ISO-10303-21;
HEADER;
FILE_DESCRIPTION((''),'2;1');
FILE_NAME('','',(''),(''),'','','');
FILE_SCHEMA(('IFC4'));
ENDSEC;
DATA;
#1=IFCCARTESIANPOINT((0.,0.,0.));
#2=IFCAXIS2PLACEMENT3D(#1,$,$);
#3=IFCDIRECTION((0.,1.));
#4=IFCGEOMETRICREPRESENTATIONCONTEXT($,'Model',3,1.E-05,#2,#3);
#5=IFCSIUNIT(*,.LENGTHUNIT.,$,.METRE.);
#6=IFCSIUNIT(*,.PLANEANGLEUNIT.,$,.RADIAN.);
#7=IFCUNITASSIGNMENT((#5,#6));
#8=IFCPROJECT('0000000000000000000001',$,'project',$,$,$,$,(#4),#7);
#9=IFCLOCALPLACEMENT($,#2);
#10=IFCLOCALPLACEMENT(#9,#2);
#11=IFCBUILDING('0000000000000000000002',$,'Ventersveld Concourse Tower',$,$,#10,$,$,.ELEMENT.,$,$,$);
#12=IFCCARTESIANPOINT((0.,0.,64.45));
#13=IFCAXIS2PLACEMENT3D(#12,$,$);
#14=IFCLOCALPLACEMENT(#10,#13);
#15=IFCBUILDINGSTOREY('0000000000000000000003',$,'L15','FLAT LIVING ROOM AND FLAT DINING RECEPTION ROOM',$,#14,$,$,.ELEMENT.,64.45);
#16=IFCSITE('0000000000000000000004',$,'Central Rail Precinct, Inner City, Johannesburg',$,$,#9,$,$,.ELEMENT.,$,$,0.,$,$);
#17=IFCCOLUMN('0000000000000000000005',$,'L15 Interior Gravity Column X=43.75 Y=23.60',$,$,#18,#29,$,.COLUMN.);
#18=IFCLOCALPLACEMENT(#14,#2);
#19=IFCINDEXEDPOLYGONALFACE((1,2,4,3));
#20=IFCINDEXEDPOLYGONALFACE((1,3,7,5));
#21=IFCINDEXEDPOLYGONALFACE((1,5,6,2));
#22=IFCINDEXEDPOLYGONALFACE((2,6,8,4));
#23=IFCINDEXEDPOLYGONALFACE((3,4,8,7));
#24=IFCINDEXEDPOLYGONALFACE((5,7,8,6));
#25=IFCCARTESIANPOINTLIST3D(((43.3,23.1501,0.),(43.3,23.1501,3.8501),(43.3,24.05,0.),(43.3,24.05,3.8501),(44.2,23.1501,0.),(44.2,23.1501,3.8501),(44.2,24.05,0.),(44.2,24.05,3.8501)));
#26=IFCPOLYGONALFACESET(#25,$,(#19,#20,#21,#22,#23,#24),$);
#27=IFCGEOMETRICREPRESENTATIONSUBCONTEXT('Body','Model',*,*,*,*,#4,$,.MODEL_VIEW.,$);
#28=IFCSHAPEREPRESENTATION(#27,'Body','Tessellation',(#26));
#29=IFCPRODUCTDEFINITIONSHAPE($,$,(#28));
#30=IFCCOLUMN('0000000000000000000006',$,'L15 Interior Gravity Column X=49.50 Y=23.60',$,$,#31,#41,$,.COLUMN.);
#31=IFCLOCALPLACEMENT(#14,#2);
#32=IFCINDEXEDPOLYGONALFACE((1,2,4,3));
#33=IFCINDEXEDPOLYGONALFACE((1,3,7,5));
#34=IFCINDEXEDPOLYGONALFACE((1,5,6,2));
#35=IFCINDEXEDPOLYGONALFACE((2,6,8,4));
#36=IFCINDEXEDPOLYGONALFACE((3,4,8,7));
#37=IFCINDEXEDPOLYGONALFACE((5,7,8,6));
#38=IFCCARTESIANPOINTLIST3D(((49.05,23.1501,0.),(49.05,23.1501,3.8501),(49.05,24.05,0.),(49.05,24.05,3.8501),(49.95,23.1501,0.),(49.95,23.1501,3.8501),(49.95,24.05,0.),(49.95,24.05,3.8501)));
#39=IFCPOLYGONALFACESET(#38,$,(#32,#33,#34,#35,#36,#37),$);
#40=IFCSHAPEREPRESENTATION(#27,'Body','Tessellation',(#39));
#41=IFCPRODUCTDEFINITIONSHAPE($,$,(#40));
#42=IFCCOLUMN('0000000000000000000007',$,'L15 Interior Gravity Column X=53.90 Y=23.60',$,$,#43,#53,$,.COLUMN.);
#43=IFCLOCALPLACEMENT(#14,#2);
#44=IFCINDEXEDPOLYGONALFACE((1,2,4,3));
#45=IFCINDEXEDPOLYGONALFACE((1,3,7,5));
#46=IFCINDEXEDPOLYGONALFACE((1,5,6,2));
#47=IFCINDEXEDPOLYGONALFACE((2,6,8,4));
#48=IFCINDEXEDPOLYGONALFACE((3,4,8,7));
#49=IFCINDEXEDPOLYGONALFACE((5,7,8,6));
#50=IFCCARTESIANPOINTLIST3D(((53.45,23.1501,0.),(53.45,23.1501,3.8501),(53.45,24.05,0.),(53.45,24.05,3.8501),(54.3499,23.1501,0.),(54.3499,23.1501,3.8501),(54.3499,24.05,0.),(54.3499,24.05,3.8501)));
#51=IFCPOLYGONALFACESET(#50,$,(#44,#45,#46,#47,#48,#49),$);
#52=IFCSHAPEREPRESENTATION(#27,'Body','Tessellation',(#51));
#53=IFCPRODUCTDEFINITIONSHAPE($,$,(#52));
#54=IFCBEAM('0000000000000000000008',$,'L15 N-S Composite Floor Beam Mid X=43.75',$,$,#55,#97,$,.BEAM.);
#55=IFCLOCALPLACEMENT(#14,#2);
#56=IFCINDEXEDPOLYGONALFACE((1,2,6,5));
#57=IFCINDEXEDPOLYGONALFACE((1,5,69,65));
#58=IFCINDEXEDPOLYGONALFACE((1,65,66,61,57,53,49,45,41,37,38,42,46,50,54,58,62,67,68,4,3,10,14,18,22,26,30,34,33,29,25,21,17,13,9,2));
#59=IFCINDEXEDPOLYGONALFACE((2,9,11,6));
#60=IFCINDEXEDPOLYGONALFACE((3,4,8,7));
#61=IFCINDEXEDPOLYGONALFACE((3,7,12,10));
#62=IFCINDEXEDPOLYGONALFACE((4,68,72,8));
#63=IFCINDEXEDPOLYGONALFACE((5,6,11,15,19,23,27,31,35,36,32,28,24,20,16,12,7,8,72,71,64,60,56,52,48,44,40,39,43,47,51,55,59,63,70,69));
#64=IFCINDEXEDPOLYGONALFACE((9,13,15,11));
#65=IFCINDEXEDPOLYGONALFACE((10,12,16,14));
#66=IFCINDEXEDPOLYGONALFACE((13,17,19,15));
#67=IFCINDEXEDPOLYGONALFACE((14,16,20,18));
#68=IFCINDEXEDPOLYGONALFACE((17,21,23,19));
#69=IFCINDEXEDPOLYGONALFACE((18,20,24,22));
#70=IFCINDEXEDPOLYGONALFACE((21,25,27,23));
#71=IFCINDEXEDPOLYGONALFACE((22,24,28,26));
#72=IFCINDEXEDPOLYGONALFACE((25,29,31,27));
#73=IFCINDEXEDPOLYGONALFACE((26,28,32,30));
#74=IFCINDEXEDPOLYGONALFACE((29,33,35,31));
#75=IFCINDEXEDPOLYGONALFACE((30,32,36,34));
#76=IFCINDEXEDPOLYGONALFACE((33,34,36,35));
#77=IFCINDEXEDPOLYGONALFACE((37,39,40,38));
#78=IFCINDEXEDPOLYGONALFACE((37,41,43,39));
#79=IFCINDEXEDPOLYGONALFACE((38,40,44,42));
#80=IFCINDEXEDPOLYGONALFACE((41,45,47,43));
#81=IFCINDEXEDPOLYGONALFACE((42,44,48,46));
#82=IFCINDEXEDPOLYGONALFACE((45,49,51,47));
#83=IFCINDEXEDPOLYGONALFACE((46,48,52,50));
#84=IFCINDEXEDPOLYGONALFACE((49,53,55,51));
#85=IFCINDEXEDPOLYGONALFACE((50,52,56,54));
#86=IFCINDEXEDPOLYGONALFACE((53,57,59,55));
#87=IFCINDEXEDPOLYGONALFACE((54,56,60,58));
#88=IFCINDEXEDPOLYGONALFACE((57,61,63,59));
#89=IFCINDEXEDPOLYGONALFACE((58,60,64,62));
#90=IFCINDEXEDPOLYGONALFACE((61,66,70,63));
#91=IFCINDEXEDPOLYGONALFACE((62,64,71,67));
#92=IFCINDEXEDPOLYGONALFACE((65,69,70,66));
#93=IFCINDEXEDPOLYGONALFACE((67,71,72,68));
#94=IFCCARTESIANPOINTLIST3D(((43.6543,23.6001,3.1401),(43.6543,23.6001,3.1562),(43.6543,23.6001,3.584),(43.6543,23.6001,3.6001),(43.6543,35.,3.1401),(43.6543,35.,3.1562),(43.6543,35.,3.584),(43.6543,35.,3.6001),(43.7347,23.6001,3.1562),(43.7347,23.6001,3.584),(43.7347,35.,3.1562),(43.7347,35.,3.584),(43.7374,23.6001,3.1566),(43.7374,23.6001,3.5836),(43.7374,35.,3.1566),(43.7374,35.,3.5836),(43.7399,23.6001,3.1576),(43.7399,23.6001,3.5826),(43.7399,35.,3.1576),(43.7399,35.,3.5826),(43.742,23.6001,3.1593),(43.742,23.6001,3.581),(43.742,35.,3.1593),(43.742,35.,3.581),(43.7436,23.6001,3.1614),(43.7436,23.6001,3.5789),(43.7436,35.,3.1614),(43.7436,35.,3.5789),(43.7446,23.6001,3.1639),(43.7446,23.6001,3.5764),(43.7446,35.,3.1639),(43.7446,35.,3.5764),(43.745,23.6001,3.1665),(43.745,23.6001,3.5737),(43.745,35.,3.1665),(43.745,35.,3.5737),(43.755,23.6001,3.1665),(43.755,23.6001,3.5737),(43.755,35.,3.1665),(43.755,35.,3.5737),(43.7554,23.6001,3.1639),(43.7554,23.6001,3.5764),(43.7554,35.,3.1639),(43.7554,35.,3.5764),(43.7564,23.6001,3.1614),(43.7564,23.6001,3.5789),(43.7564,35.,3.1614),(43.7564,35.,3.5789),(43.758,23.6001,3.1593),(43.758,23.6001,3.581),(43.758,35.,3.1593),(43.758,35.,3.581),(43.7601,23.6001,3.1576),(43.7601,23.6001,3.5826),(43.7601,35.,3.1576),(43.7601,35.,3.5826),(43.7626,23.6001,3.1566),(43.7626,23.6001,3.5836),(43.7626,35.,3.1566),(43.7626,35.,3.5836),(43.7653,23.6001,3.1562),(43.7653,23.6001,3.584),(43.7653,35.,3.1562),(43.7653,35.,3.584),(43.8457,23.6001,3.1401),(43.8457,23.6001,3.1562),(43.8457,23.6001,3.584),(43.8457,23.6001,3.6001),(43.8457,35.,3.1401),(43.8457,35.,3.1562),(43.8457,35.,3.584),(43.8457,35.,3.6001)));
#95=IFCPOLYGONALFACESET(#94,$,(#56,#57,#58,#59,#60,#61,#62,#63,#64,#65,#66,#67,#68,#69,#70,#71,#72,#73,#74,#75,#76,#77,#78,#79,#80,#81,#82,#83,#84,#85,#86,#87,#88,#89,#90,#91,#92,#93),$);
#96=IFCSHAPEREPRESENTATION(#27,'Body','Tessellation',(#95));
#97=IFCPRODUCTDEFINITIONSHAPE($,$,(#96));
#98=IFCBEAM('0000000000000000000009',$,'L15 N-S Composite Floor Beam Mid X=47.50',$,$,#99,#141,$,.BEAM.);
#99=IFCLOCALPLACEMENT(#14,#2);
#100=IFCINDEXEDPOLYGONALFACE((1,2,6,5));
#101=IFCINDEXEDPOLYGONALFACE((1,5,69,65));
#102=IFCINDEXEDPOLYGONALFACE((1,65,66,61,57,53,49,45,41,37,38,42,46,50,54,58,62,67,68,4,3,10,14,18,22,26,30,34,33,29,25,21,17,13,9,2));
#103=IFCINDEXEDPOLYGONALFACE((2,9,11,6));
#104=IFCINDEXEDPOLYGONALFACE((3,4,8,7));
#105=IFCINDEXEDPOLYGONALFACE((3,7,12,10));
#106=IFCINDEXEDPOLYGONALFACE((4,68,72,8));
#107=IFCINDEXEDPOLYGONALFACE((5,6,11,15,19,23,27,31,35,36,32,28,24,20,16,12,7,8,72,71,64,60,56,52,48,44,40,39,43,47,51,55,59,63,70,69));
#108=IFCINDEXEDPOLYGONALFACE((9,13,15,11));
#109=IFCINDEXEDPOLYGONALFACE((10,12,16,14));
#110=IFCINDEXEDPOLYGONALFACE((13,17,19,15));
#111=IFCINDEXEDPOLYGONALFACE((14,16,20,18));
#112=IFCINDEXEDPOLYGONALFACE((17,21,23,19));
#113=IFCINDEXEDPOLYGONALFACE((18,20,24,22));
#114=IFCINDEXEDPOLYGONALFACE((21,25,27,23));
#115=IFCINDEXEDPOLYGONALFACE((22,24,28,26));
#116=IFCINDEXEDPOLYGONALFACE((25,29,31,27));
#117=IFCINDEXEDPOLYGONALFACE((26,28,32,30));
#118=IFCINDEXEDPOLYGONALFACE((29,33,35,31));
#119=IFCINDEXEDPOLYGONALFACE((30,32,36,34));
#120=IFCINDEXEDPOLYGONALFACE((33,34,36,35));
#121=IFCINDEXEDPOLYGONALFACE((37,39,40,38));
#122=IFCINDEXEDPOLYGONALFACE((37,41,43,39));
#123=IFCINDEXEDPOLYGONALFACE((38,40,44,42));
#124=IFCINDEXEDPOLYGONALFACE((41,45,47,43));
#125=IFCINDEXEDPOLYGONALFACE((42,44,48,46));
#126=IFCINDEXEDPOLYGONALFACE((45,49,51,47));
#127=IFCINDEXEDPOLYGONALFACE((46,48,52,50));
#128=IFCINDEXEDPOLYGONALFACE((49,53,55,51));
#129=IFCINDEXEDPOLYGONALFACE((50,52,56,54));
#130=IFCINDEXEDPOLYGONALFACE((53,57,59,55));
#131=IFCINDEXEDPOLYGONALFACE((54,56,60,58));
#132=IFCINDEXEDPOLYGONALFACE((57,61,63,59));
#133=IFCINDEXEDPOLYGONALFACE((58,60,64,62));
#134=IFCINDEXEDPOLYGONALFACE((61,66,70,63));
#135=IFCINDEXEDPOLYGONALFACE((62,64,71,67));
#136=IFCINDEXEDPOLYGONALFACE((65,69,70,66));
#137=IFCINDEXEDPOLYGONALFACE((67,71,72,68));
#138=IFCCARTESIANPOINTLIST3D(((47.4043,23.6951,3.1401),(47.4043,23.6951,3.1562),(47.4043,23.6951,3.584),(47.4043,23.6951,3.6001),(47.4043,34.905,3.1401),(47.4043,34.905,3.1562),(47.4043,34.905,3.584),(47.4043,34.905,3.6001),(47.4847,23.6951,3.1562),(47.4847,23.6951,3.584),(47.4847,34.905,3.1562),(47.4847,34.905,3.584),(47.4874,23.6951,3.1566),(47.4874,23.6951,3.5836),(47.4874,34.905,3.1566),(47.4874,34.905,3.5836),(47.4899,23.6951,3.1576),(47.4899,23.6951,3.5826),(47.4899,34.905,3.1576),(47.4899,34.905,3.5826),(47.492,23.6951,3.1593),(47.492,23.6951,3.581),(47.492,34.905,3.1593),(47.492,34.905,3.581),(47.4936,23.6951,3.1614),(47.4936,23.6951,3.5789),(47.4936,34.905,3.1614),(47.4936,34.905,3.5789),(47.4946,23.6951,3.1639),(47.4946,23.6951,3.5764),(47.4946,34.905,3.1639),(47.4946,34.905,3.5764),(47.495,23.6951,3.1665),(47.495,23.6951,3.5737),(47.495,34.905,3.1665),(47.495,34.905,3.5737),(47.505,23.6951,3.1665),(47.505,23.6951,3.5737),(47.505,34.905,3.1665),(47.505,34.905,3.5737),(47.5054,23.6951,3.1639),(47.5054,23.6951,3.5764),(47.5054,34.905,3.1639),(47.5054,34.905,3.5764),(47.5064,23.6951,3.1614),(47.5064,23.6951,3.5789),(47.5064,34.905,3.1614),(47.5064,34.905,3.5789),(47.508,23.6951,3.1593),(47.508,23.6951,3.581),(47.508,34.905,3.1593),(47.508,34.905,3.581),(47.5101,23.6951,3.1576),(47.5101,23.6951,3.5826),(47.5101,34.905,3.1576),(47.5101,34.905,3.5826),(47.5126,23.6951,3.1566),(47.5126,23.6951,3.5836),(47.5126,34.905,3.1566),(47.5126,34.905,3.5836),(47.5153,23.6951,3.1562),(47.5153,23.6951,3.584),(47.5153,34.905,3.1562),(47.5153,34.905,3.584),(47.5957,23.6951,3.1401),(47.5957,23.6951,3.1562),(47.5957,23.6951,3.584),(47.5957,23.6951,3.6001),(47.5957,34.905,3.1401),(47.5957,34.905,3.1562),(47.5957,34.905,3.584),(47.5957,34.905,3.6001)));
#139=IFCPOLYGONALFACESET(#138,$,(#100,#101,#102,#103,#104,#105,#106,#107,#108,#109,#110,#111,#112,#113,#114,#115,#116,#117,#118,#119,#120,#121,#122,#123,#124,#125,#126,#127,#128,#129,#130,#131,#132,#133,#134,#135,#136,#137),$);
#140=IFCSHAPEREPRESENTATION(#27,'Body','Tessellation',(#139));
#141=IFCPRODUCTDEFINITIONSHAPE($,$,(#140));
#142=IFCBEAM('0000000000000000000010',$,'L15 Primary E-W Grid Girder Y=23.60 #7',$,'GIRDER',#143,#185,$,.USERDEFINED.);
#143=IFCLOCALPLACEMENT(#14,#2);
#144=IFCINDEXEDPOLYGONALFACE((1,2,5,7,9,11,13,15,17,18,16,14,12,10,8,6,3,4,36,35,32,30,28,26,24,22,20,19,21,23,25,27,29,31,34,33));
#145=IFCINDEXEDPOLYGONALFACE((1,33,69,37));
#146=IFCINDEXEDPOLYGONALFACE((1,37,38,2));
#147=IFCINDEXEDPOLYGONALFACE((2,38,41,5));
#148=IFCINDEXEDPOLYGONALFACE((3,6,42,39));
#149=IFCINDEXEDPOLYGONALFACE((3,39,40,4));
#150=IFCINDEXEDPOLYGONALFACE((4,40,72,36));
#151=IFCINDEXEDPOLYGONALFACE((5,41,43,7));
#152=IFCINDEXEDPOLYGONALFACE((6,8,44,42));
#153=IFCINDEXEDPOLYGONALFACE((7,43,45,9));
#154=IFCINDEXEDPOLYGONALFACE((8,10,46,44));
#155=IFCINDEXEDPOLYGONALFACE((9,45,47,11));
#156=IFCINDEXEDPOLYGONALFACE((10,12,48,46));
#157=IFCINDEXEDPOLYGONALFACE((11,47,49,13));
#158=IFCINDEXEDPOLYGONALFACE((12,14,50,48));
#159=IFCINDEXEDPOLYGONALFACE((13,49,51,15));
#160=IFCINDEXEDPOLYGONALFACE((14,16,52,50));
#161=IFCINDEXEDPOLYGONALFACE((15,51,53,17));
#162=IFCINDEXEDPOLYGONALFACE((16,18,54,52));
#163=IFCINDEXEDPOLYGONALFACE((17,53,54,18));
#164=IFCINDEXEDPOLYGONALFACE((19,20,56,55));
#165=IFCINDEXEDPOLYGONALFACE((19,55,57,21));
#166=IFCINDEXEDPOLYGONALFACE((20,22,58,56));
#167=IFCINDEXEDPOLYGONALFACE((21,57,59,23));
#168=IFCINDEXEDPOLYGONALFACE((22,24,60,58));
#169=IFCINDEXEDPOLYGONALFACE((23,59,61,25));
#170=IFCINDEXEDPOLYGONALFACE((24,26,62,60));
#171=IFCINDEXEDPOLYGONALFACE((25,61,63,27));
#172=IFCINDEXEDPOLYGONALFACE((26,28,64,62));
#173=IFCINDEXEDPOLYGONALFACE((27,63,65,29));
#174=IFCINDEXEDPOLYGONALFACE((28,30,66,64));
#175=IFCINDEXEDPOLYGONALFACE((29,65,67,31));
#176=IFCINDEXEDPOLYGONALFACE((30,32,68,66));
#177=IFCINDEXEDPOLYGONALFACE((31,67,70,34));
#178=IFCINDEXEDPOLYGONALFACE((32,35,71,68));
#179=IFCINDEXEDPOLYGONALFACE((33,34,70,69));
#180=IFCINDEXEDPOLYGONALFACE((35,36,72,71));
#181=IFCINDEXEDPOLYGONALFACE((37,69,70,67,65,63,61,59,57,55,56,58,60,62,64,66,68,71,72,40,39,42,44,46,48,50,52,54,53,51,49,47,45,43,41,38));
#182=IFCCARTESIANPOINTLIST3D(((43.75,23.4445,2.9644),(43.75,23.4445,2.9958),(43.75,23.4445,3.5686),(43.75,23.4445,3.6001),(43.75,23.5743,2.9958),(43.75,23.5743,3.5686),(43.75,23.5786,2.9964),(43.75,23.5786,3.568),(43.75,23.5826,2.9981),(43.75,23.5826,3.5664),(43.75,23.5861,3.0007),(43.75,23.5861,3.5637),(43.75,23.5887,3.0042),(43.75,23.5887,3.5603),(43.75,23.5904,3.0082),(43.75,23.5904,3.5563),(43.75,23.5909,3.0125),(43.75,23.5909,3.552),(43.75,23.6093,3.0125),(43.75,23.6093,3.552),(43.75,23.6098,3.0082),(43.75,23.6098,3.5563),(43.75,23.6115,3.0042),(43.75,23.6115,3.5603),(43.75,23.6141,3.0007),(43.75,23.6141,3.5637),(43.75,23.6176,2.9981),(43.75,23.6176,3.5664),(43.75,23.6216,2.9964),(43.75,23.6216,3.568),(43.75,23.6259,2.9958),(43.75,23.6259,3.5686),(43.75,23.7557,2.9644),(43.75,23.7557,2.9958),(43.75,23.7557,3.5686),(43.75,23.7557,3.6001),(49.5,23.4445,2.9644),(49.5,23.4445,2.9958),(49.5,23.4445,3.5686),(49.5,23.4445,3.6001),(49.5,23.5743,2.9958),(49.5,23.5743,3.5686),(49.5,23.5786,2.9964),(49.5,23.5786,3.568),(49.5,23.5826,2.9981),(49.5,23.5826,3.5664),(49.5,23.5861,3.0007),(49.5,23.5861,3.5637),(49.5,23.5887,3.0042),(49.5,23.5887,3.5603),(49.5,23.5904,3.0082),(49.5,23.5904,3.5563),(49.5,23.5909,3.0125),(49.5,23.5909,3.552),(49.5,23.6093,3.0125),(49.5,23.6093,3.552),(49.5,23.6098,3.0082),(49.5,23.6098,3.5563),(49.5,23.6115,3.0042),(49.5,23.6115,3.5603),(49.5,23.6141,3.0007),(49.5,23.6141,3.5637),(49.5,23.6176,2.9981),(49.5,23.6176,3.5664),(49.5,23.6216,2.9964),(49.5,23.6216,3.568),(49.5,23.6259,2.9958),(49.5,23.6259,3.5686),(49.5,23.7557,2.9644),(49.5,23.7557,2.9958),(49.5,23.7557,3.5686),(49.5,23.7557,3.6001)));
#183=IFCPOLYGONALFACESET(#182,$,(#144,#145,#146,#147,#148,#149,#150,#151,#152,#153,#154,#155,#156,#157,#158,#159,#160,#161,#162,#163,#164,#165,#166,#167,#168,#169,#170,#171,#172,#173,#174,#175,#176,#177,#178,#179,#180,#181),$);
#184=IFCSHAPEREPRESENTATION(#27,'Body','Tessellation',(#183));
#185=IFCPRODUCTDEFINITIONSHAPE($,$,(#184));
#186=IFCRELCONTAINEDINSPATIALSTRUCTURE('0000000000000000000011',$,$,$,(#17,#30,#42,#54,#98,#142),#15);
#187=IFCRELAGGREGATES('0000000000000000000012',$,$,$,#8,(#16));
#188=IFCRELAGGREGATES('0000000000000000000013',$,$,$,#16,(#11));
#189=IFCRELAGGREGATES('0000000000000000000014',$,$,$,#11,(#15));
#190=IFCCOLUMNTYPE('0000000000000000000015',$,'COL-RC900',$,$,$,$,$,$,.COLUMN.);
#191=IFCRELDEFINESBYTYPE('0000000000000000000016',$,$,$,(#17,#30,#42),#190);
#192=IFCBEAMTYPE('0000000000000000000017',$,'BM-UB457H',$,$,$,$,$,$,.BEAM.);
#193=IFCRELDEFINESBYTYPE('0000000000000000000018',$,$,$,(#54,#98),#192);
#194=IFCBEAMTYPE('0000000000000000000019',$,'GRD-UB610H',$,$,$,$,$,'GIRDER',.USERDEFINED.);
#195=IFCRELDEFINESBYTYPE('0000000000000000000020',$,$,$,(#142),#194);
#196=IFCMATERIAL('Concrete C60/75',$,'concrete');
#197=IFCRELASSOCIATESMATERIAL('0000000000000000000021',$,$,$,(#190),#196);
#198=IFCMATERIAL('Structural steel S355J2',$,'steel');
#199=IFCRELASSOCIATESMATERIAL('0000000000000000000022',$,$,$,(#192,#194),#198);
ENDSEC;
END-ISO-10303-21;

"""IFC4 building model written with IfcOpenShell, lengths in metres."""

from ifc_helpers import new_model, si_unit, direction, frame, origin, origin_2d, place, context, subcontext, project, spatial, rectangle, i_section, extrude, material, material_profile, profile_set, type_object, element, save


model = new_model("IFC4")

# Units and contexts
model_context = context("Model", 3, precision=1e-05, world=origin(), true_north=direction((0.0, 1.0)))
body_context = subcontext(model_context, "Body", "Model", "MODEL_VIEW")
ifc_project = project(units=[si_unit("LENGTHUNIT", "METRE"), si_unit("PLANEANGLEUNIT", "RADIAN")], contexts=[model_context])

# Site, building, storey
site_placement = place(None, origin())
site = spatial("IfcSite", under=ifc_project, at=site_placement, Name="Central Rail Precinct, Inner City, Johannesburg", CompositionType="ELEMENT", RefElevation=0.0)
building_placement = place(site_placement, origin())
building = spatial("IfcBuilding", under=site, at=building_placement, Name="Ventersveld Concourse Tower", CompositionType="ELEMENT")
storey_placement = place(building_placement, frame((0.0, 0.0, 64.45)))
storey = spatial("IfcBuildingStorey", under=building, at=storey_placement, Name="L15", Description="FLAT LIVING ROOM AND FLAT DINING RECEPTION ROOM", CompositionType="ELEMENT", Elevation=64.45)

# Columns
ifc_material_1 = material(Name="Concrete C60/75", Category="concrete")
ifc_material_profile_1 = material_profile(ifc_material_1, rectangle(XDim=0.8999, YDim=0.8999, at=origin_2d()), Name="RC 900x900")
ifc_profile_set_1 = profile_set([ifc_material_profile_1], Name="Concrete C60/75")
column_type = type_object("IfcColumnType", Name="COL-RC900", PredefinedType="COLUMN", material=ifc_profile_set_1)
for number, where, z_axis, x_axis, name in (
    (1, (43.75, 23.6001, 0.0), (0.0, 0.0, 1.0), (1.0, 0.0, 0.0), "L15 Interior Gravity Column X=43.75 Y=23.60"),
    (2, (49.5, 23.6001, 0.0), (0.0, 0.0, 1.0), (1.0, 0.0, 0.0), "L15 Interior Gravity Column X=49.50 Y=23.60"),
    (3, (53.8999, 23.6001, 0.0), (0.0, 0.0, 1.0), (1.0, 0.0, 0.0), "L15 Interior Gravity Column X=53.90 Y=23.60"),
):
    element("IfcColumn", number, at=place(storey_placement, frame(where, z_axis=z_axis, x_axis=x_axis)), inside=storey, type_object=column_type, Name=name, PredefinedType="COLUMN", context=body_context, shape_type="SweptSolid", body=[
        extrude(rectangle(XDim=0.8999, YDim=0.8999, at=origin_2d()), origin(), (0.0, 0.0, 1.0), 3.8501),
    ])

# Beams
ifc_material_2 = material(Name="Structural steel S355J2", Category="steel")
ifc_material_profile_2 = material_profile(ifc_material_2, i_section(OverallWidth=0.1914, OverallDepth=0.46, WebThickness=0.01, FlangeThickness=0.0161, FilletRadius=0.0103, at=origin_2d()), Name="UB 457x191x82")
ifc_profile_set_2 = profile_set([ifc_material_profile_2], Name="Structural steel S355J2")
beam_type_1 = type_object("IfcBeamType", Name="BM-UB457H", PredefinedType="BEAM", material=ifc_profile_set_2)
beam_1_placement = place(storey_placement, frame((43.75, 23.6001, 3.3701), z_axis=(0.0, 1.0, 0.0), x_axis=(-1.0, 0.0, 0.0)))
element("IfcBeam", 4, at=beam_1_placement, inside=storey, type_object=beam_type_1, Name="L15 N-S Composite Floor Beam Mid X=43.75", PredefinedType="BEAM", context=body_context, shape_type="SweptSolid", body=[
    extrude(i_section(OverallWidth=0.1914, OverallDepth=0.46, WebThickness=0.01, FlangeThickness=0.0161, FilletRadius=0.0103, at=origin_2d()), origin(), (0.0, 0.0, 1.0), 11.3999),
])
beam_2_placement = place(storey_placement, frame((47.5, 23.6951, 3.3701), z_axis=(0.0, 1.0, 0.0), x_axis=(-1.0, 0.0, 0.0)))
element("IfcBeam", 5, at=beam_2_placement, inside=storey, type_object=beam_type_1, Name="L15 N-S Composite Floor Beam Mid X=47.50", PredefinedType="BEAM", context=body_context, shape_type="SweptSolid", body=[
    extrude(i_section(OverallWidth=0.1914, OverallDepth=0.46, WebThickness=0.01, FlangeThickness=0.0161, FilletRadius=0.0103, at=origin_2d()), origin(), (0.0, 0.0, 1.0), 11.21),
])
ifc_material_profile_3 = material_profile(ifc_material_2, i_section(OverallWidth=0.3113, OverallDepth=0.6357, WebThickness=0.0183, FlangeThickness=0.0315, FilletRadius=0.0166, at=origin_2d()), Name="UB 610x305x238")
ifc_profile_set_3 = profile_set([ifc_material_profile_3], Name="Structural steel S355J2")
beam_type_2 = type_object("IfcBeamType", Name="GRD-UB610H", ElementType="GIRDER", PredefinedType="USERDEFINED", material=ifc_profile_set_3)
beam_3_placement = place(storey_placement, frame((43.75, 23.6001, 3.2822), z_axis=(1.0, 0.0, 0.0), x_axis=(0.0, 1.0, 0.0)))
element("IfcBeam", 6, at=beam_3_placement, inside=storey, type_object=beam_type_2, Name="L15 Primary E-W Grid Girder Y=23.60 #7", ObjectType="GIRDER", PredefinedType="USERDEFINED", context=body_context, shape_type="SweptSolid", body=[
    extrude(i_section(OverallWidth=0.3113, OverallDepth=0.6357, WebThickness=0.0183, FlangeThickness=0.0315, FilletRadius=0.0166, at=origin_2d()), origin(), (0.0, 0.0, 1.0), 5.75),
])

save(model, "model.ifc")
